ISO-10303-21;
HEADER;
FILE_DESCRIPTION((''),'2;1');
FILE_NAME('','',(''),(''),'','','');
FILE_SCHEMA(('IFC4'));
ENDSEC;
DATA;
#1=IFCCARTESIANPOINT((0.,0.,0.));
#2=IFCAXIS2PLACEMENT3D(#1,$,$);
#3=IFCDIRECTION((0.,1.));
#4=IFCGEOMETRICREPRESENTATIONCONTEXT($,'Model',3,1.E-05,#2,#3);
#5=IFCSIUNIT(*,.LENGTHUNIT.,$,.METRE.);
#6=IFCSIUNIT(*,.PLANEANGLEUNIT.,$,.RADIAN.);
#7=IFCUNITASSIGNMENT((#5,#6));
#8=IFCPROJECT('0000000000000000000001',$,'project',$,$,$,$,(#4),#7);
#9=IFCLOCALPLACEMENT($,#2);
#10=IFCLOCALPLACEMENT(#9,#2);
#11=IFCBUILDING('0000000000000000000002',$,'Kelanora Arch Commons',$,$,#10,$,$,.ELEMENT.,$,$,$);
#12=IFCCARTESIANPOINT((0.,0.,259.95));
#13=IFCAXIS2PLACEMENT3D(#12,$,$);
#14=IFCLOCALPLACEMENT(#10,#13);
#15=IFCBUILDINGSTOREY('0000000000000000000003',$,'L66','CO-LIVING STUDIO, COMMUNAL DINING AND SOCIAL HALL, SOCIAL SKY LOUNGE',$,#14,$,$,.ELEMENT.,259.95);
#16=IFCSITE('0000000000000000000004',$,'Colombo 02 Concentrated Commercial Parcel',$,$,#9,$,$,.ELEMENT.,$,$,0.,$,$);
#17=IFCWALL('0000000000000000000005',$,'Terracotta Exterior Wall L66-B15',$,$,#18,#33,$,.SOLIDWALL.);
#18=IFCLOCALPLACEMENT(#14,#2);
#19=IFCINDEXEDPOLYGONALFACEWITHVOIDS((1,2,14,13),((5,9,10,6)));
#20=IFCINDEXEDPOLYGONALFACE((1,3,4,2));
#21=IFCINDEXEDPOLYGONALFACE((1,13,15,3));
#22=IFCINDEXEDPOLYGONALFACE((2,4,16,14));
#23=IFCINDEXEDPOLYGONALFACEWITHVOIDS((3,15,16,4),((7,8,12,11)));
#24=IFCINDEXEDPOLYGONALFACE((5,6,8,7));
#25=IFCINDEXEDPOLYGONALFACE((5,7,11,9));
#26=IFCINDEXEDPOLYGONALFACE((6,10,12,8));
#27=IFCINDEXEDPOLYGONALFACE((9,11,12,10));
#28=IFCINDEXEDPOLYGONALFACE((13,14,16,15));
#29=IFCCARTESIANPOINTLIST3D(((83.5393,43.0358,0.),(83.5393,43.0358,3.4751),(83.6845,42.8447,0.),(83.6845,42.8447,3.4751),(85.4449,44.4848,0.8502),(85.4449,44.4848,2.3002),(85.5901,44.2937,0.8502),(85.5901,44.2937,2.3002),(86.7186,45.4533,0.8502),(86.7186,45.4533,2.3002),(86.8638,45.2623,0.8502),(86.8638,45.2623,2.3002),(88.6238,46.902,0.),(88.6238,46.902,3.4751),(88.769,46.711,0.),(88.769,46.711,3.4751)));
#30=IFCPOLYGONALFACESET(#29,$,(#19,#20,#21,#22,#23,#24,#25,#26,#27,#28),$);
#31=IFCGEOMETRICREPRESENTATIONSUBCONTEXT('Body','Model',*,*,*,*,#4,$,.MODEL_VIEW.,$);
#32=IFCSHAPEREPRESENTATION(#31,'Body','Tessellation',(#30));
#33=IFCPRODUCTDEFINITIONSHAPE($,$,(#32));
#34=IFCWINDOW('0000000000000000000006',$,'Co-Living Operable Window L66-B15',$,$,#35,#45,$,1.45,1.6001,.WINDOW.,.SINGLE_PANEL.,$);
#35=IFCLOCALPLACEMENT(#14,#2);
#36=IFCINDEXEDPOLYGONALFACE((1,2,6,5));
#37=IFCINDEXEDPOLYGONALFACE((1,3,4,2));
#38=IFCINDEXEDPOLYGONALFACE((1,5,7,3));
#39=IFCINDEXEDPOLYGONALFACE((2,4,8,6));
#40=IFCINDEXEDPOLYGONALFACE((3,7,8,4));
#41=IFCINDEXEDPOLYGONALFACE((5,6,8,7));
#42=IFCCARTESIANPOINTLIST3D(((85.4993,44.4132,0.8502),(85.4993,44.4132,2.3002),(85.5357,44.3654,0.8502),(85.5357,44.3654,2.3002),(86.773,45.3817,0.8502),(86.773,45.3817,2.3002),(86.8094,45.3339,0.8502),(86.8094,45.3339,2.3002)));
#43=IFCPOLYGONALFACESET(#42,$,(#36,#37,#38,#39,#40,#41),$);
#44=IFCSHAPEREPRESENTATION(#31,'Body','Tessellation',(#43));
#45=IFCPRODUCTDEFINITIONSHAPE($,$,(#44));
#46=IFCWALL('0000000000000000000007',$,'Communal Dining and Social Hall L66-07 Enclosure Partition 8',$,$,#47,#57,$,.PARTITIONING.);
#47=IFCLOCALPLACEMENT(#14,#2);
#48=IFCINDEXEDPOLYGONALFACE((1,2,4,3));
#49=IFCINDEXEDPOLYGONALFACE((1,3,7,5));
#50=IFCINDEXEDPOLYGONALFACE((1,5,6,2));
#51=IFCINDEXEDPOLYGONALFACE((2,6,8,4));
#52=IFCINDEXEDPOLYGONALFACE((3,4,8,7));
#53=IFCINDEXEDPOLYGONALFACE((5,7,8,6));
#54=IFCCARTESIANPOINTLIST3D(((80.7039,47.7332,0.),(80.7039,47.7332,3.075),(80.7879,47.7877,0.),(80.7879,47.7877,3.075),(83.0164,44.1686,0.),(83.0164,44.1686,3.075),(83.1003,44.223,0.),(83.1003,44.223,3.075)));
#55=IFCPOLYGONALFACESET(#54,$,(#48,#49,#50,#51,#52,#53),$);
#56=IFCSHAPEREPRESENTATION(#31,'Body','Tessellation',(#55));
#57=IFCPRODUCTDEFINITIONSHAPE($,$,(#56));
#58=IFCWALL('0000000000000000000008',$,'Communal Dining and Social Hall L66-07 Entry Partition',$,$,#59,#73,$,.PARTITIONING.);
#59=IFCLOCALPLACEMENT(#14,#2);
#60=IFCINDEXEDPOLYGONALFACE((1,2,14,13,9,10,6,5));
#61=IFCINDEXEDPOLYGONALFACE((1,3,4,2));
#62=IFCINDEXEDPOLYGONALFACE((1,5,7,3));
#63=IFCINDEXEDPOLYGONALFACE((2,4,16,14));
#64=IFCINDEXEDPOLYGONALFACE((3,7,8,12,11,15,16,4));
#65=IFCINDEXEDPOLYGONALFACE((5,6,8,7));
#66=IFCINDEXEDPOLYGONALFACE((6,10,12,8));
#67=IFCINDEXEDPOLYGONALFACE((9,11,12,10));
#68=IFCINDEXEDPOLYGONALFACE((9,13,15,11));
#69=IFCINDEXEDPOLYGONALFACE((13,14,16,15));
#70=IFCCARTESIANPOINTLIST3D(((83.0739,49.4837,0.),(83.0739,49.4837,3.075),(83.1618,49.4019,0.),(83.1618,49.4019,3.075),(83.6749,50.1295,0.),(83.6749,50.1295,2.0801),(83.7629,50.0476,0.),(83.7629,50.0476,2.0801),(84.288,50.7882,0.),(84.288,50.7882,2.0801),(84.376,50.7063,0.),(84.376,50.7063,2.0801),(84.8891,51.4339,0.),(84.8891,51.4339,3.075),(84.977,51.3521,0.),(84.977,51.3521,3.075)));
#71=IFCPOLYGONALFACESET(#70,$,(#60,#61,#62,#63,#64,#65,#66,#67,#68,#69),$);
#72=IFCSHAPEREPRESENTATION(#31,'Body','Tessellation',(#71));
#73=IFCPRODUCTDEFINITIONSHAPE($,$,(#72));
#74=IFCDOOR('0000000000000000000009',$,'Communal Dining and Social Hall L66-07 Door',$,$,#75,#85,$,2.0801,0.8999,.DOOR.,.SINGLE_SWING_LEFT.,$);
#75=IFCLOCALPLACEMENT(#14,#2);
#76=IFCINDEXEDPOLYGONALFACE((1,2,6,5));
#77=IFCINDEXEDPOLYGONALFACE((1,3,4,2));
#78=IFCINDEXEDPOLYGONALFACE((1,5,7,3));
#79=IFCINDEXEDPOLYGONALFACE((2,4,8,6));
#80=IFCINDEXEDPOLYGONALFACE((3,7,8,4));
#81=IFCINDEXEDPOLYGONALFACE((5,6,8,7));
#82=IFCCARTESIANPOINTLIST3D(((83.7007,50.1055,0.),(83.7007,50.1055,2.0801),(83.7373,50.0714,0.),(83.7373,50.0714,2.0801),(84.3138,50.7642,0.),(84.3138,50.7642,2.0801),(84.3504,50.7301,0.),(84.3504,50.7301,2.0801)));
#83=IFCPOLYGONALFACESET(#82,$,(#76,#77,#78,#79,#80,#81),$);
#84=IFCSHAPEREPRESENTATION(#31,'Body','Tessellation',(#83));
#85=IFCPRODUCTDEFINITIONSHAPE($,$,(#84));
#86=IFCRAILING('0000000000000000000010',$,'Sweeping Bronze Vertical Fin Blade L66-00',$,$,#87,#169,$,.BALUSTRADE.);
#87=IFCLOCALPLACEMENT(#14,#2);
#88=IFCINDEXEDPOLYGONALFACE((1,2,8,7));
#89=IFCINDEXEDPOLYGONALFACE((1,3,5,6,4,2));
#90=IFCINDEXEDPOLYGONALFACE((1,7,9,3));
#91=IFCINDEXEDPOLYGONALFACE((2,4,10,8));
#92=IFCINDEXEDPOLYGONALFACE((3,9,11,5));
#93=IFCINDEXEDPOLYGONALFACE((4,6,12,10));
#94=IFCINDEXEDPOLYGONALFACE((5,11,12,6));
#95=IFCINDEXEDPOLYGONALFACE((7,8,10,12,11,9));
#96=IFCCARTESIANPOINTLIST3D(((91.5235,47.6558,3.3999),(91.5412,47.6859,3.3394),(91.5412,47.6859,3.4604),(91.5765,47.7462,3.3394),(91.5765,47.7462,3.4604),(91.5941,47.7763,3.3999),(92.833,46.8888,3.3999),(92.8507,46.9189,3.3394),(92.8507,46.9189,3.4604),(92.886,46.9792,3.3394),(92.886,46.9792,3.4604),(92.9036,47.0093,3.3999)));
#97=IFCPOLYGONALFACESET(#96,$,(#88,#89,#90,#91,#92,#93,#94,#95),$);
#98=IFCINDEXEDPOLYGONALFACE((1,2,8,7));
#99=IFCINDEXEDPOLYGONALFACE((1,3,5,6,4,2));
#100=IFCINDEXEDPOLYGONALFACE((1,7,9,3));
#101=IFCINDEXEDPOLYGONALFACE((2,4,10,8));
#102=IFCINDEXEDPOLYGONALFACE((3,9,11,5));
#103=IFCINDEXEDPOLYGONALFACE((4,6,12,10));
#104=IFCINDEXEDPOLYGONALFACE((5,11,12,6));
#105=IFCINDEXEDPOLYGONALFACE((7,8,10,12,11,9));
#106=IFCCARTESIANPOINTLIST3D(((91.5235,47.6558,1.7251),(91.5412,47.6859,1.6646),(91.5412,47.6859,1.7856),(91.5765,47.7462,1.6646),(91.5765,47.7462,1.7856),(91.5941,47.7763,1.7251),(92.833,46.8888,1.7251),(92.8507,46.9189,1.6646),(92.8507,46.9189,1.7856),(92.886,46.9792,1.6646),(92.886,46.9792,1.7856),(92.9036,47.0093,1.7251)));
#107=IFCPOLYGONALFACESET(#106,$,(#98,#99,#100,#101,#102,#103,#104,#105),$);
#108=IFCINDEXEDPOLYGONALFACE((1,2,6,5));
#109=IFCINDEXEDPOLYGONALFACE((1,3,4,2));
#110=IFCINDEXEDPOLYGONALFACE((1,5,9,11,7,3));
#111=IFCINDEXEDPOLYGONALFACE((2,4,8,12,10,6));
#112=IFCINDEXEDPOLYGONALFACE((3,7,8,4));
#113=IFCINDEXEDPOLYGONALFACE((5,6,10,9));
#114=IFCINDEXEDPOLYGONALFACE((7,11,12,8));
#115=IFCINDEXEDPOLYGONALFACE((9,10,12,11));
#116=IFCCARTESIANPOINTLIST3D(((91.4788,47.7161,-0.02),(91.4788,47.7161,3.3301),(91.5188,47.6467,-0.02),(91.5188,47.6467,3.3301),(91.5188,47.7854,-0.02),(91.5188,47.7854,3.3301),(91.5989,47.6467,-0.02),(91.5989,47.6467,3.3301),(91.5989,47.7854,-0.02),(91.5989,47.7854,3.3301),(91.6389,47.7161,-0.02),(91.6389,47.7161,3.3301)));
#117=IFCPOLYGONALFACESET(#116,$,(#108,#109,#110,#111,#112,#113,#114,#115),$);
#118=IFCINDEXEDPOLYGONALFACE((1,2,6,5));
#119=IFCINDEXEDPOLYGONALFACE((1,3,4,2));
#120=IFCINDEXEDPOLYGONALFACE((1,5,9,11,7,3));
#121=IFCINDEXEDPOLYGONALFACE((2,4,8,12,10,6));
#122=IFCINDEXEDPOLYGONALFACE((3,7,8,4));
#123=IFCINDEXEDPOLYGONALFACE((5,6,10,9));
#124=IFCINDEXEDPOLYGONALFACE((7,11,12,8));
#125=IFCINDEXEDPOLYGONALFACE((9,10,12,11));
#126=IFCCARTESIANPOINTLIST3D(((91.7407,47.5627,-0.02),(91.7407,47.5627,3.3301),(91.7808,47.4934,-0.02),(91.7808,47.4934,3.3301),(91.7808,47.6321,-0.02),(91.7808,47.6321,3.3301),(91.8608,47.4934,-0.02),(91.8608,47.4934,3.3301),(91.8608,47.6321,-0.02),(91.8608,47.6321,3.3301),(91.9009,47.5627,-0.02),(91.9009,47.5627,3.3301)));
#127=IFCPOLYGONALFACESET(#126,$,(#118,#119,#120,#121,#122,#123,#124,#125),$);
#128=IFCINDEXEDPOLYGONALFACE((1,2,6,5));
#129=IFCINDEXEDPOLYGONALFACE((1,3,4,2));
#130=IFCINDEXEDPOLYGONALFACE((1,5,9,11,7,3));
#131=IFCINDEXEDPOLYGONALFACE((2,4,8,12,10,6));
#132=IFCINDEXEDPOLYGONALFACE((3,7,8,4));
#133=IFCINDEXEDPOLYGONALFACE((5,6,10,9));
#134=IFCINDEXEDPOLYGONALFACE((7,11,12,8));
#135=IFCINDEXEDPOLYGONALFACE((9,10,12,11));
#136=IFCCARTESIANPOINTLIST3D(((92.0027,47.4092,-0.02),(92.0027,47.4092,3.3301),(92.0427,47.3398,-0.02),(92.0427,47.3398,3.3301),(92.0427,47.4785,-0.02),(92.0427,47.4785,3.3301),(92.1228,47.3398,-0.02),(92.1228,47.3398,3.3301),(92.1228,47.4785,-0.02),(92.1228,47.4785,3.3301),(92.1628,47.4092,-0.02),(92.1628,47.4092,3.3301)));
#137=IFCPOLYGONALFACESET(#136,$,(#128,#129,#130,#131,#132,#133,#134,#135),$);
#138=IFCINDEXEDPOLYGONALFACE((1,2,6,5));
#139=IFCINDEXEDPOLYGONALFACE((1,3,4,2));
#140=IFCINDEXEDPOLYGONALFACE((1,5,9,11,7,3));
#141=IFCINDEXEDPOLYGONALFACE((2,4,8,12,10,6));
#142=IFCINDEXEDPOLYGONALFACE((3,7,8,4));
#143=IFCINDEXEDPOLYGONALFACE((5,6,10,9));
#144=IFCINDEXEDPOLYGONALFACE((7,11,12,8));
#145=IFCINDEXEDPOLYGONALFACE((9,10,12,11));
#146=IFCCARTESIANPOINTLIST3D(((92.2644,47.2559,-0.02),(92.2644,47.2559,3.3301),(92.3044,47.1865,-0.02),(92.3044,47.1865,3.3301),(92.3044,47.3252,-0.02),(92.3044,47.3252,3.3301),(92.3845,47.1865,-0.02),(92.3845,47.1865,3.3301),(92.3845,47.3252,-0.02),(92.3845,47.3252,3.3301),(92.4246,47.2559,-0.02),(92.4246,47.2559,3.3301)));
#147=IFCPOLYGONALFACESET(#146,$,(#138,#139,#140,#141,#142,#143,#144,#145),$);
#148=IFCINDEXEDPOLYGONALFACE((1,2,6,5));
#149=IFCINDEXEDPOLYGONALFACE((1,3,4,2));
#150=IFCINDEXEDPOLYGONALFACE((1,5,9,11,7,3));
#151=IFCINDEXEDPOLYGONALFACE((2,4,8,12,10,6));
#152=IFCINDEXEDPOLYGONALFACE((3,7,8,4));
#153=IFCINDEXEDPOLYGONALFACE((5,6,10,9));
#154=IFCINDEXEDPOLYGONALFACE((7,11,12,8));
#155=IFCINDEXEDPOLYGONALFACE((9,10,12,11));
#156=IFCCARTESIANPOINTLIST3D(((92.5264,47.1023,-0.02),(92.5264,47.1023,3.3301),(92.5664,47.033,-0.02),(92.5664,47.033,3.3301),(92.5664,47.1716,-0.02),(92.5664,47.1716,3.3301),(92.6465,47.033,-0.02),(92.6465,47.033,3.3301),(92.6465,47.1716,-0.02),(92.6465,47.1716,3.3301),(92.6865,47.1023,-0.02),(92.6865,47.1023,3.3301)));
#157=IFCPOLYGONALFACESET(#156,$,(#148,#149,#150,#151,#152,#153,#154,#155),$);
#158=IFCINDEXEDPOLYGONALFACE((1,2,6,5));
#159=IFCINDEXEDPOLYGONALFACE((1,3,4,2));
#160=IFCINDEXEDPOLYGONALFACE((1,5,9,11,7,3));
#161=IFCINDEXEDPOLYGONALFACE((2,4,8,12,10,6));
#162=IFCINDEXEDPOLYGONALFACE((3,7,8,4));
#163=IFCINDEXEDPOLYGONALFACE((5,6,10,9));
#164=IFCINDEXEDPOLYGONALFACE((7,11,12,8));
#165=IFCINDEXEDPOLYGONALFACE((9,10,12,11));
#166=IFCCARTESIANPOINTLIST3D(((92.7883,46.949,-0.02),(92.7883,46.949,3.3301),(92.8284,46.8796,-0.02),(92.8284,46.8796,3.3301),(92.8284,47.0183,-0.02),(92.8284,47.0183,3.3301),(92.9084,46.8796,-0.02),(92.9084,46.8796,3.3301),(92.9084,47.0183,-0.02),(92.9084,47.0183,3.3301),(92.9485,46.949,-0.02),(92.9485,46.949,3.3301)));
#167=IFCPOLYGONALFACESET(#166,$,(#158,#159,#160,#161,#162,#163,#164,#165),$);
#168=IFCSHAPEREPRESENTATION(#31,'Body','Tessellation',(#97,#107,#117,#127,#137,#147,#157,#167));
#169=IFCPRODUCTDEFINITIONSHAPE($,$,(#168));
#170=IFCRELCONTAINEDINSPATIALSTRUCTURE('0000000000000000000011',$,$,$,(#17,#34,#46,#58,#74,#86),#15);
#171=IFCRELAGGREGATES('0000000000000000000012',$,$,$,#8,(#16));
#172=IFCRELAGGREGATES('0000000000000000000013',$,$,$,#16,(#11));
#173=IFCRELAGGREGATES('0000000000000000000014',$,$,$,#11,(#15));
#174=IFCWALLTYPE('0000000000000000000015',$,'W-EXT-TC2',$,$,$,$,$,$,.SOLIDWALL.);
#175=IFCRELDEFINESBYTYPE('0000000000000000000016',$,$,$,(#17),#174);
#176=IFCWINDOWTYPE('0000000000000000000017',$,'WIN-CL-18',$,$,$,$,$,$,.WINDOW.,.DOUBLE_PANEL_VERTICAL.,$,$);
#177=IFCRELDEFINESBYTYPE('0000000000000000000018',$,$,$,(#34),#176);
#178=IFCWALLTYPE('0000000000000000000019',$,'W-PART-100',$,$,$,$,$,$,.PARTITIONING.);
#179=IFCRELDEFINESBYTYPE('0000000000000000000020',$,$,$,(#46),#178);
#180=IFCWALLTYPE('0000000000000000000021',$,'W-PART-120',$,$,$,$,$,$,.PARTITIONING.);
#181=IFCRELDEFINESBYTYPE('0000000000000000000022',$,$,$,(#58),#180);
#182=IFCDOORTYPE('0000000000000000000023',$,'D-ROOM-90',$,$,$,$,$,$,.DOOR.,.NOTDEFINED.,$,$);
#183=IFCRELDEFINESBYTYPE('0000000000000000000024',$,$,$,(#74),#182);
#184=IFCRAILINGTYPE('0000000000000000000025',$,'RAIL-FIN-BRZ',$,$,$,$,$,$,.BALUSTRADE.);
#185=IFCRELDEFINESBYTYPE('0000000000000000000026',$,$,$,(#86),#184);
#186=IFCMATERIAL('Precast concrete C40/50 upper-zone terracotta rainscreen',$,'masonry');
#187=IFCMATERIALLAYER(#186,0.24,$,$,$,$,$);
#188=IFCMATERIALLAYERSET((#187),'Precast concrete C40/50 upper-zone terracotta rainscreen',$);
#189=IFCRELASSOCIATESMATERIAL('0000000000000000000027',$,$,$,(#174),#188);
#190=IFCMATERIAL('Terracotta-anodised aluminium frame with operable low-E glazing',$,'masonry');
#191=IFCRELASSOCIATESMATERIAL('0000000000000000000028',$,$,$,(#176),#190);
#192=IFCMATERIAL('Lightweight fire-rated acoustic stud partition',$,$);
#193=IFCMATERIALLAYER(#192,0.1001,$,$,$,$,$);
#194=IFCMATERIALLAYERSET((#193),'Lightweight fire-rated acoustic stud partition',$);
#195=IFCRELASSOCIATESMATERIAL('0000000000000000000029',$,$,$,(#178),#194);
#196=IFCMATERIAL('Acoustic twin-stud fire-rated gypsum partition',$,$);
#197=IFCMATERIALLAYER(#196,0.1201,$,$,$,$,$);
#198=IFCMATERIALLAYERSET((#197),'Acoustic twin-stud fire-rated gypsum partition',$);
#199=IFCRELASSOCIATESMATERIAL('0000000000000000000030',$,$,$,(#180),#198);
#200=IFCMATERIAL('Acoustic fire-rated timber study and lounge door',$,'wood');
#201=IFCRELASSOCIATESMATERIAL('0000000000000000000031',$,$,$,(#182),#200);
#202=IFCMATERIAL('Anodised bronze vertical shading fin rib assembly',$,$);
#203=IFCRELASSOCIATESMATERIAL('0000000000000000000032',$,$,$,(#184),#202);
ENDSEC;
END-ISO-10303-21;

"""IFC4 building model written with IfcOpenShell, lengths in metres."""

from ifc_helpers import new_model, si_unit, direction, frame, frame_2d, origin, place, context, subcontext, project, spatial, polyline, rectangle, outline, extrude, material, layer, layer_set, type_object, element, fill, save


model = new_model("IFC4")

# Units and contexts
model_context = context("Model", 3, precision=1e-05, world=origin(), true_north=direction((0.0, 1.0)))
body_context = subcontext(model_context, "Body", "Model", "MODEL_VIEW")
ifc_project = project(units=[si_unit("LENGTHUNIT", "METRE"), si_unit("PLANEANGLEUNIT", "RADIAN")], contexts=[model_context])

# Site, building, storey
site_placement = place(None, origin())
site = spatial("IfcSite", under=ifc_project, at=site_placement, Name="Colombo 02 Concentrated Commercial Parcel", CompositionType="ELEMENT", RefElevation=0.0)
building_placement = place(site_placement, origin())
building = spatial("IfcBuilding", under=site, at=building_placement, Name="Kelanora Arch Commons", CompositionType="ELEMENT")
storey_placement = place(building_placement, frame((0.0, 0.0, 259.95)))
storey = spatial("IfcBuildingStorey", under=building, at=storey_placement, Name="L66", Description="CO-LIVING STUDIO, COMMUNAL DINING AND SOCIAL HALL, SOCIAL SKY LOUNGE", CompositionType="ELEMENT", Elevation=259.95)

# Wall, opening, window
ifc_material_1 = material(Name="Precast concrete C40/50 upper-zone terracotta rainscreen", Category="masonry")
ifc_layer_1 = layer(ifc_material_1, 0.24)
ifc_layer_set_1 = layer_set([ifc_layer_1], Name="Precast concrete C40/50 upper-zone terracotta rainscreen")
wall_type_1 = type_object("IfcWallType", Name="W-EXT-TC2", PredefinedType="SOLIDWALL", material=ifc_layer_set_1)
wall_1_placement = place(storey_placement, frame((83.6118, 42.9402, 0.0), z_axis=(0.0, 0.0, 1.0), x_axis=(0.79601, 0.605283, 0.0)))
wall_1 = element("IfcWall", 1, at=wall_1_placement, inside=storey, type_object=wall_type_1, Name="Terracotta Exterior Wall L66-B15", PredefinedType="SOLIDWALL", context=body_context, shape_type="SweptSolid", body=[
    extrude(rectangle(XDim=6.3875, YDim=0.24, at=frame_2d((3.1938, 0.0))), origin(), (0.0, 0.0, 1.0), 3.4751),
])
opening_1_placement = place(wall_1_placement, frame((2.394, 0.0, 0.8501)))
opening_1 = element("IfcOpeningElement", 2, at=opening_1_placement, cuts=wall_1, PredefinedType="OPENING", context=body_context, shape_type="SweptSolid", body=[
    extrude(rectangle(XDim=1.6001, YDim=1.45, at=frame_2d((0.8, 0.7251))), frame((0.0, 0.1299, 0.0), z_axis=(0.0, -1.0, 0.0), x_axis=(1.0, 0.0, 0.0)), (0.0, 0.0, 1.0), 0.26),
])
ifc_material_2 = material(Name="Terracotta-anodised aluminium frame with operable low-E glazing", Category="masonry")
window_type = type_object("IfcWindowType", Name="WIN-CL-18", PartitioningType="DOUBLE_PANEL_VERTICAL", PredefinedType="WINDOW", material=ifc_material_2)
window_placement = place(opening_1_placement, origin())
window = element("IfcWindow", 3, at=window_placement, inside=storey, type_object=window_type, Name="Co-Living Operable Window L66-B15", OverallHeight=1.45, OverallWidth=1.6001, PartitioningType="SINGLE_PANEL", PredefinedType="WINDOW", context=body_context, shape_type="SweptSolid", body=[
    extrude(rectangle(XDim=1.6001, YDim=1.45, at=frame_2d((0.8, 0.7251))), frame((0.0, 0.03, 0.0), z_axis=(0.0, -1.0, 0.0), x_axis=(1.0, 0.0, 0.0)), (0.0, 0.0, 1.0), 0.0601),
])
fill(opening_1, window)

# Wall
ifc_material_3 = material(Name="Lightweight fire-rated acoustic stud partition")
ifc_layer_2 = layer(ifc_material_3, 0.1001)
ifc_layer_set_2 = layer_set([ifc_layer_2], Name="Lightweight fire-rated acoustic stud partition")
wall_type_2 = type_object("IfcWallType", Name="W-PART-100", PredefinedType="PARTITIONING", material=ifc_layer_set_2)
wall_2_placement = place(storey_placement, frame((83.0583, 44.1958, 0.0), z_axis=(0.0, 0.0, 1.0), x_axis=(-0.544235, 0.838933, 0.0)))
element("IfcWall", 4, at=wall_2_placement, inside=storey, type_object=wall_type_2, Name="Communal Dining and Social Hall L66-07 Enclosure Partition 8", PredefinedType="PARTITIONING", context=body_context, shape_type="SweptSolid", body=[
    extrude(rectangle(XDim=4.249, YDim=0.1001, at=frame_2d((2.1245, 0.0))), origin(), (0.0, 0.0, 1.0), 3.075),
])

# Wall, opening, door
ifc_material_4 = material(Name="Acoustic twin-stud fire-rated gypsum partition")
ifc_layer_3 = layer(ifc_material_4, 0.1201)
ifc_layer_set_3 = layer_set([ifc_layer_3], Name="Acoustic twin-stud fire-rated gypsum partition")
wall_type_3 = type_object("IfcWallType", Name="W-PART-120", PredefinedType="PARTITIONING", material=ifc_layer_set_3)
wall_3_placement = place(storey_placement, frame((83.1179, 49.4429, 0.0), z_axis=(0.0, 0.0, 1.0), x_axis=(0.681315, 0.73199, 0.0)))
wall_3 = element("IfcWall", 5, at=wall_3_placement, inside=storey, type_object=wall_type_3, Name="Communal Dining and Social Hall L66-07 Entry Partition", PredefinedType="PARTITIONING", context=body_context, shape_type="SweptSolid", body=[
    extrude(rectangle(XDim=2.6643, YDim=0.1201, at=frame_2d((1.332, 0.0))), origin(), (0.0, 0.0, 1.0), 3.075),
])
opening_2_placement = place(wall_3_placement, frame((0.8821, 0.0, 0.0)))
opening_2 = element("IfcOpeningElement", 6, at=opening_2_placement, cuts=wall_3, PredefinedType="OPENING", context=body_context, shape_type="SweptSolid", body=[
    extrude(rectangle(XDim=0.8999, YDim=2.0801, at=frame_2d((0.45, 1.04))), frame((0.0, 0.0701, 0.0), z_axis=(0.0, -1.0, 0.0), x_axis=(1.0, 0.0, 0.0)), (0.0, 0.0, 1.0), 0.1401),
])
ifc_material_5 = material(Name="Acoustic fire-rated timber study and lounge door", Category="wood")
door_type = type_object("IfcDoorType", Name="D-ROOM-90", OperationType="NOTDEFINED", PredefinedType="DOOR", material=ifc_material_5)
door_placement = place(opening_2_placement, origin())
door = element("IfcDoor", 7, at=door_placement, inside=storey, type_object=door_type, Name="Communal Dining and Social Hall L66-07 Door", OperationType="SINGLE_SWING_LEFT", OverallHeight=2.0801, OverallWidth=0.8999, PredefinedType="DOOR", context=body_context, shape_type="SweptSolid", body=[
    extrude(rectangle(XDim=0.8999, YDim=2.0801, at=frame_2d((0.45, 1.04))), frame((0.0, 0.0249, 0.0), z_axis=(0.0, -1.0, 0.0), x_axis=(1.0, 0.0, 0.0)), (0.0, 0.0, 1.0), 0.05),
])
fill(opening_2, door)

# Railing
ifc_material_6 = material(Name="Anodised bronze vertical shading fin rib assembly")
railing_type = type_object("IfcRailingType", Name="RAIL-FIN-BRZ", PredefinedType="BALUSTRADE", material=ifc_material_6)
railing_1_placement = place(storey_placement, frame((91.5588, 47.7161, -0.02)))
element("IfcRailing", 8, at=railing_1_placement, inside=storey, type_object=railing_type, Name="Sweeping Bronze Vertical Fin Blade L66-00", PredefinedType="BALUSTRADE", context=body_context, shape_type="SweptSolid", body=[
    extrude(outline(polyline([(0.0698, 0.0), (0.0349, 0.0605), (-0.0349, 0.0605), (-0.0698, 0.0), (-0.0349, -0.0605), (0.0349, -0.0605), (0.0698, 0.0)])), frame((0.0, 0.0, 3.4199), z_axis=(0.862867, -0.50543, 0.0), x_axis=(0.50543, 0.862867, 0.0)), (0.0, 0.0, 1.0), 1.5176),
    extrude(outline(polyline([(0.0698, 0.0), (0.0349, 0.0605), (-0.0349, 0.0605), (-0.0698, 0.0), (-0.0349, -0.0605), (0.0349, -0.0605), (0.0698, 0.0)])), frame((0.0, 0.0, 1.7451), z_axis=(0.862867, -0.50543, 0.0), x_axis=(0.50543, 0.862867, 0.0)), (0.0, 0.0, 1.0), 1.5176),
    extrude(outline(polyline([(0.0801, 0.0), (0.04, 0.0693), (-0.04, 0.0693), (-0.0801, 0.0), (-0.04, -0.0693), (0.04, -0.0693), (0.0801, 0.0)])), origin(), (0.0, 0.0, 1.0), 3.3501),
    extrude(outline(polyline([(0.0801, 0.0), (0.04, 0.0693), (-0.04, 0.0693), (-0.0801, 0.0), (-0.04, -0.0693), (0.04, -0.0693), (0.0801, 0.0)])), frame((0.262, -0.1533, 0.0)), (0.0, 0.0, 1.0), 3.3501),
    extrude(outline(polyline([(0.0801, 0.0), (0.04, 0.0693), (-0.04, 0.0693), (-0.0801, 0.0), (-0.04, -0.0693), (0.04, -0.0693), (0.0801, 0.0)])), frame((0.5239, -0.3069, 0.0)), (0.0, 0.0, 1.0), 3.3501),
    extrude(outline(polyline([(0.0801, 0.0), (0.04, 0.0693), (-0.04, 0.0693), (-0.0801, 0.0), (-0.04, -0.0693), (0.04, -0.0693), (0.0801, 0.0)])), frame((0.7856, -0.4602, 0.0)), (0.0, 0.0, 1.0), 3.3501),
    extrude(outline(polyline([(0.0801, 0.0), (0.04, 0.0693), (-0.04, 0.0693), (-0.0801, 0.0), (-0.04, -0.0693), (0.04, -0.0693), (0.0801, 0.0)])), frame((1.0476, -0.6138, 0.0)), (0.0, 0.0, 1.0), 3.3501),
    extrude(outline(polyline([(0.0801, 0.0), (0.04, 0.0693), (-0.04, 0.0693), (-0.0801, 0.0), (-0.04, -0.0693), (0.04, -0.0693), (0.0801, 0.0)])), frame((1.3096, -0.7671, 0.0)), (0.0, 0.0, 1.0), 3.3501),
])

save(model, "model.ifc")
